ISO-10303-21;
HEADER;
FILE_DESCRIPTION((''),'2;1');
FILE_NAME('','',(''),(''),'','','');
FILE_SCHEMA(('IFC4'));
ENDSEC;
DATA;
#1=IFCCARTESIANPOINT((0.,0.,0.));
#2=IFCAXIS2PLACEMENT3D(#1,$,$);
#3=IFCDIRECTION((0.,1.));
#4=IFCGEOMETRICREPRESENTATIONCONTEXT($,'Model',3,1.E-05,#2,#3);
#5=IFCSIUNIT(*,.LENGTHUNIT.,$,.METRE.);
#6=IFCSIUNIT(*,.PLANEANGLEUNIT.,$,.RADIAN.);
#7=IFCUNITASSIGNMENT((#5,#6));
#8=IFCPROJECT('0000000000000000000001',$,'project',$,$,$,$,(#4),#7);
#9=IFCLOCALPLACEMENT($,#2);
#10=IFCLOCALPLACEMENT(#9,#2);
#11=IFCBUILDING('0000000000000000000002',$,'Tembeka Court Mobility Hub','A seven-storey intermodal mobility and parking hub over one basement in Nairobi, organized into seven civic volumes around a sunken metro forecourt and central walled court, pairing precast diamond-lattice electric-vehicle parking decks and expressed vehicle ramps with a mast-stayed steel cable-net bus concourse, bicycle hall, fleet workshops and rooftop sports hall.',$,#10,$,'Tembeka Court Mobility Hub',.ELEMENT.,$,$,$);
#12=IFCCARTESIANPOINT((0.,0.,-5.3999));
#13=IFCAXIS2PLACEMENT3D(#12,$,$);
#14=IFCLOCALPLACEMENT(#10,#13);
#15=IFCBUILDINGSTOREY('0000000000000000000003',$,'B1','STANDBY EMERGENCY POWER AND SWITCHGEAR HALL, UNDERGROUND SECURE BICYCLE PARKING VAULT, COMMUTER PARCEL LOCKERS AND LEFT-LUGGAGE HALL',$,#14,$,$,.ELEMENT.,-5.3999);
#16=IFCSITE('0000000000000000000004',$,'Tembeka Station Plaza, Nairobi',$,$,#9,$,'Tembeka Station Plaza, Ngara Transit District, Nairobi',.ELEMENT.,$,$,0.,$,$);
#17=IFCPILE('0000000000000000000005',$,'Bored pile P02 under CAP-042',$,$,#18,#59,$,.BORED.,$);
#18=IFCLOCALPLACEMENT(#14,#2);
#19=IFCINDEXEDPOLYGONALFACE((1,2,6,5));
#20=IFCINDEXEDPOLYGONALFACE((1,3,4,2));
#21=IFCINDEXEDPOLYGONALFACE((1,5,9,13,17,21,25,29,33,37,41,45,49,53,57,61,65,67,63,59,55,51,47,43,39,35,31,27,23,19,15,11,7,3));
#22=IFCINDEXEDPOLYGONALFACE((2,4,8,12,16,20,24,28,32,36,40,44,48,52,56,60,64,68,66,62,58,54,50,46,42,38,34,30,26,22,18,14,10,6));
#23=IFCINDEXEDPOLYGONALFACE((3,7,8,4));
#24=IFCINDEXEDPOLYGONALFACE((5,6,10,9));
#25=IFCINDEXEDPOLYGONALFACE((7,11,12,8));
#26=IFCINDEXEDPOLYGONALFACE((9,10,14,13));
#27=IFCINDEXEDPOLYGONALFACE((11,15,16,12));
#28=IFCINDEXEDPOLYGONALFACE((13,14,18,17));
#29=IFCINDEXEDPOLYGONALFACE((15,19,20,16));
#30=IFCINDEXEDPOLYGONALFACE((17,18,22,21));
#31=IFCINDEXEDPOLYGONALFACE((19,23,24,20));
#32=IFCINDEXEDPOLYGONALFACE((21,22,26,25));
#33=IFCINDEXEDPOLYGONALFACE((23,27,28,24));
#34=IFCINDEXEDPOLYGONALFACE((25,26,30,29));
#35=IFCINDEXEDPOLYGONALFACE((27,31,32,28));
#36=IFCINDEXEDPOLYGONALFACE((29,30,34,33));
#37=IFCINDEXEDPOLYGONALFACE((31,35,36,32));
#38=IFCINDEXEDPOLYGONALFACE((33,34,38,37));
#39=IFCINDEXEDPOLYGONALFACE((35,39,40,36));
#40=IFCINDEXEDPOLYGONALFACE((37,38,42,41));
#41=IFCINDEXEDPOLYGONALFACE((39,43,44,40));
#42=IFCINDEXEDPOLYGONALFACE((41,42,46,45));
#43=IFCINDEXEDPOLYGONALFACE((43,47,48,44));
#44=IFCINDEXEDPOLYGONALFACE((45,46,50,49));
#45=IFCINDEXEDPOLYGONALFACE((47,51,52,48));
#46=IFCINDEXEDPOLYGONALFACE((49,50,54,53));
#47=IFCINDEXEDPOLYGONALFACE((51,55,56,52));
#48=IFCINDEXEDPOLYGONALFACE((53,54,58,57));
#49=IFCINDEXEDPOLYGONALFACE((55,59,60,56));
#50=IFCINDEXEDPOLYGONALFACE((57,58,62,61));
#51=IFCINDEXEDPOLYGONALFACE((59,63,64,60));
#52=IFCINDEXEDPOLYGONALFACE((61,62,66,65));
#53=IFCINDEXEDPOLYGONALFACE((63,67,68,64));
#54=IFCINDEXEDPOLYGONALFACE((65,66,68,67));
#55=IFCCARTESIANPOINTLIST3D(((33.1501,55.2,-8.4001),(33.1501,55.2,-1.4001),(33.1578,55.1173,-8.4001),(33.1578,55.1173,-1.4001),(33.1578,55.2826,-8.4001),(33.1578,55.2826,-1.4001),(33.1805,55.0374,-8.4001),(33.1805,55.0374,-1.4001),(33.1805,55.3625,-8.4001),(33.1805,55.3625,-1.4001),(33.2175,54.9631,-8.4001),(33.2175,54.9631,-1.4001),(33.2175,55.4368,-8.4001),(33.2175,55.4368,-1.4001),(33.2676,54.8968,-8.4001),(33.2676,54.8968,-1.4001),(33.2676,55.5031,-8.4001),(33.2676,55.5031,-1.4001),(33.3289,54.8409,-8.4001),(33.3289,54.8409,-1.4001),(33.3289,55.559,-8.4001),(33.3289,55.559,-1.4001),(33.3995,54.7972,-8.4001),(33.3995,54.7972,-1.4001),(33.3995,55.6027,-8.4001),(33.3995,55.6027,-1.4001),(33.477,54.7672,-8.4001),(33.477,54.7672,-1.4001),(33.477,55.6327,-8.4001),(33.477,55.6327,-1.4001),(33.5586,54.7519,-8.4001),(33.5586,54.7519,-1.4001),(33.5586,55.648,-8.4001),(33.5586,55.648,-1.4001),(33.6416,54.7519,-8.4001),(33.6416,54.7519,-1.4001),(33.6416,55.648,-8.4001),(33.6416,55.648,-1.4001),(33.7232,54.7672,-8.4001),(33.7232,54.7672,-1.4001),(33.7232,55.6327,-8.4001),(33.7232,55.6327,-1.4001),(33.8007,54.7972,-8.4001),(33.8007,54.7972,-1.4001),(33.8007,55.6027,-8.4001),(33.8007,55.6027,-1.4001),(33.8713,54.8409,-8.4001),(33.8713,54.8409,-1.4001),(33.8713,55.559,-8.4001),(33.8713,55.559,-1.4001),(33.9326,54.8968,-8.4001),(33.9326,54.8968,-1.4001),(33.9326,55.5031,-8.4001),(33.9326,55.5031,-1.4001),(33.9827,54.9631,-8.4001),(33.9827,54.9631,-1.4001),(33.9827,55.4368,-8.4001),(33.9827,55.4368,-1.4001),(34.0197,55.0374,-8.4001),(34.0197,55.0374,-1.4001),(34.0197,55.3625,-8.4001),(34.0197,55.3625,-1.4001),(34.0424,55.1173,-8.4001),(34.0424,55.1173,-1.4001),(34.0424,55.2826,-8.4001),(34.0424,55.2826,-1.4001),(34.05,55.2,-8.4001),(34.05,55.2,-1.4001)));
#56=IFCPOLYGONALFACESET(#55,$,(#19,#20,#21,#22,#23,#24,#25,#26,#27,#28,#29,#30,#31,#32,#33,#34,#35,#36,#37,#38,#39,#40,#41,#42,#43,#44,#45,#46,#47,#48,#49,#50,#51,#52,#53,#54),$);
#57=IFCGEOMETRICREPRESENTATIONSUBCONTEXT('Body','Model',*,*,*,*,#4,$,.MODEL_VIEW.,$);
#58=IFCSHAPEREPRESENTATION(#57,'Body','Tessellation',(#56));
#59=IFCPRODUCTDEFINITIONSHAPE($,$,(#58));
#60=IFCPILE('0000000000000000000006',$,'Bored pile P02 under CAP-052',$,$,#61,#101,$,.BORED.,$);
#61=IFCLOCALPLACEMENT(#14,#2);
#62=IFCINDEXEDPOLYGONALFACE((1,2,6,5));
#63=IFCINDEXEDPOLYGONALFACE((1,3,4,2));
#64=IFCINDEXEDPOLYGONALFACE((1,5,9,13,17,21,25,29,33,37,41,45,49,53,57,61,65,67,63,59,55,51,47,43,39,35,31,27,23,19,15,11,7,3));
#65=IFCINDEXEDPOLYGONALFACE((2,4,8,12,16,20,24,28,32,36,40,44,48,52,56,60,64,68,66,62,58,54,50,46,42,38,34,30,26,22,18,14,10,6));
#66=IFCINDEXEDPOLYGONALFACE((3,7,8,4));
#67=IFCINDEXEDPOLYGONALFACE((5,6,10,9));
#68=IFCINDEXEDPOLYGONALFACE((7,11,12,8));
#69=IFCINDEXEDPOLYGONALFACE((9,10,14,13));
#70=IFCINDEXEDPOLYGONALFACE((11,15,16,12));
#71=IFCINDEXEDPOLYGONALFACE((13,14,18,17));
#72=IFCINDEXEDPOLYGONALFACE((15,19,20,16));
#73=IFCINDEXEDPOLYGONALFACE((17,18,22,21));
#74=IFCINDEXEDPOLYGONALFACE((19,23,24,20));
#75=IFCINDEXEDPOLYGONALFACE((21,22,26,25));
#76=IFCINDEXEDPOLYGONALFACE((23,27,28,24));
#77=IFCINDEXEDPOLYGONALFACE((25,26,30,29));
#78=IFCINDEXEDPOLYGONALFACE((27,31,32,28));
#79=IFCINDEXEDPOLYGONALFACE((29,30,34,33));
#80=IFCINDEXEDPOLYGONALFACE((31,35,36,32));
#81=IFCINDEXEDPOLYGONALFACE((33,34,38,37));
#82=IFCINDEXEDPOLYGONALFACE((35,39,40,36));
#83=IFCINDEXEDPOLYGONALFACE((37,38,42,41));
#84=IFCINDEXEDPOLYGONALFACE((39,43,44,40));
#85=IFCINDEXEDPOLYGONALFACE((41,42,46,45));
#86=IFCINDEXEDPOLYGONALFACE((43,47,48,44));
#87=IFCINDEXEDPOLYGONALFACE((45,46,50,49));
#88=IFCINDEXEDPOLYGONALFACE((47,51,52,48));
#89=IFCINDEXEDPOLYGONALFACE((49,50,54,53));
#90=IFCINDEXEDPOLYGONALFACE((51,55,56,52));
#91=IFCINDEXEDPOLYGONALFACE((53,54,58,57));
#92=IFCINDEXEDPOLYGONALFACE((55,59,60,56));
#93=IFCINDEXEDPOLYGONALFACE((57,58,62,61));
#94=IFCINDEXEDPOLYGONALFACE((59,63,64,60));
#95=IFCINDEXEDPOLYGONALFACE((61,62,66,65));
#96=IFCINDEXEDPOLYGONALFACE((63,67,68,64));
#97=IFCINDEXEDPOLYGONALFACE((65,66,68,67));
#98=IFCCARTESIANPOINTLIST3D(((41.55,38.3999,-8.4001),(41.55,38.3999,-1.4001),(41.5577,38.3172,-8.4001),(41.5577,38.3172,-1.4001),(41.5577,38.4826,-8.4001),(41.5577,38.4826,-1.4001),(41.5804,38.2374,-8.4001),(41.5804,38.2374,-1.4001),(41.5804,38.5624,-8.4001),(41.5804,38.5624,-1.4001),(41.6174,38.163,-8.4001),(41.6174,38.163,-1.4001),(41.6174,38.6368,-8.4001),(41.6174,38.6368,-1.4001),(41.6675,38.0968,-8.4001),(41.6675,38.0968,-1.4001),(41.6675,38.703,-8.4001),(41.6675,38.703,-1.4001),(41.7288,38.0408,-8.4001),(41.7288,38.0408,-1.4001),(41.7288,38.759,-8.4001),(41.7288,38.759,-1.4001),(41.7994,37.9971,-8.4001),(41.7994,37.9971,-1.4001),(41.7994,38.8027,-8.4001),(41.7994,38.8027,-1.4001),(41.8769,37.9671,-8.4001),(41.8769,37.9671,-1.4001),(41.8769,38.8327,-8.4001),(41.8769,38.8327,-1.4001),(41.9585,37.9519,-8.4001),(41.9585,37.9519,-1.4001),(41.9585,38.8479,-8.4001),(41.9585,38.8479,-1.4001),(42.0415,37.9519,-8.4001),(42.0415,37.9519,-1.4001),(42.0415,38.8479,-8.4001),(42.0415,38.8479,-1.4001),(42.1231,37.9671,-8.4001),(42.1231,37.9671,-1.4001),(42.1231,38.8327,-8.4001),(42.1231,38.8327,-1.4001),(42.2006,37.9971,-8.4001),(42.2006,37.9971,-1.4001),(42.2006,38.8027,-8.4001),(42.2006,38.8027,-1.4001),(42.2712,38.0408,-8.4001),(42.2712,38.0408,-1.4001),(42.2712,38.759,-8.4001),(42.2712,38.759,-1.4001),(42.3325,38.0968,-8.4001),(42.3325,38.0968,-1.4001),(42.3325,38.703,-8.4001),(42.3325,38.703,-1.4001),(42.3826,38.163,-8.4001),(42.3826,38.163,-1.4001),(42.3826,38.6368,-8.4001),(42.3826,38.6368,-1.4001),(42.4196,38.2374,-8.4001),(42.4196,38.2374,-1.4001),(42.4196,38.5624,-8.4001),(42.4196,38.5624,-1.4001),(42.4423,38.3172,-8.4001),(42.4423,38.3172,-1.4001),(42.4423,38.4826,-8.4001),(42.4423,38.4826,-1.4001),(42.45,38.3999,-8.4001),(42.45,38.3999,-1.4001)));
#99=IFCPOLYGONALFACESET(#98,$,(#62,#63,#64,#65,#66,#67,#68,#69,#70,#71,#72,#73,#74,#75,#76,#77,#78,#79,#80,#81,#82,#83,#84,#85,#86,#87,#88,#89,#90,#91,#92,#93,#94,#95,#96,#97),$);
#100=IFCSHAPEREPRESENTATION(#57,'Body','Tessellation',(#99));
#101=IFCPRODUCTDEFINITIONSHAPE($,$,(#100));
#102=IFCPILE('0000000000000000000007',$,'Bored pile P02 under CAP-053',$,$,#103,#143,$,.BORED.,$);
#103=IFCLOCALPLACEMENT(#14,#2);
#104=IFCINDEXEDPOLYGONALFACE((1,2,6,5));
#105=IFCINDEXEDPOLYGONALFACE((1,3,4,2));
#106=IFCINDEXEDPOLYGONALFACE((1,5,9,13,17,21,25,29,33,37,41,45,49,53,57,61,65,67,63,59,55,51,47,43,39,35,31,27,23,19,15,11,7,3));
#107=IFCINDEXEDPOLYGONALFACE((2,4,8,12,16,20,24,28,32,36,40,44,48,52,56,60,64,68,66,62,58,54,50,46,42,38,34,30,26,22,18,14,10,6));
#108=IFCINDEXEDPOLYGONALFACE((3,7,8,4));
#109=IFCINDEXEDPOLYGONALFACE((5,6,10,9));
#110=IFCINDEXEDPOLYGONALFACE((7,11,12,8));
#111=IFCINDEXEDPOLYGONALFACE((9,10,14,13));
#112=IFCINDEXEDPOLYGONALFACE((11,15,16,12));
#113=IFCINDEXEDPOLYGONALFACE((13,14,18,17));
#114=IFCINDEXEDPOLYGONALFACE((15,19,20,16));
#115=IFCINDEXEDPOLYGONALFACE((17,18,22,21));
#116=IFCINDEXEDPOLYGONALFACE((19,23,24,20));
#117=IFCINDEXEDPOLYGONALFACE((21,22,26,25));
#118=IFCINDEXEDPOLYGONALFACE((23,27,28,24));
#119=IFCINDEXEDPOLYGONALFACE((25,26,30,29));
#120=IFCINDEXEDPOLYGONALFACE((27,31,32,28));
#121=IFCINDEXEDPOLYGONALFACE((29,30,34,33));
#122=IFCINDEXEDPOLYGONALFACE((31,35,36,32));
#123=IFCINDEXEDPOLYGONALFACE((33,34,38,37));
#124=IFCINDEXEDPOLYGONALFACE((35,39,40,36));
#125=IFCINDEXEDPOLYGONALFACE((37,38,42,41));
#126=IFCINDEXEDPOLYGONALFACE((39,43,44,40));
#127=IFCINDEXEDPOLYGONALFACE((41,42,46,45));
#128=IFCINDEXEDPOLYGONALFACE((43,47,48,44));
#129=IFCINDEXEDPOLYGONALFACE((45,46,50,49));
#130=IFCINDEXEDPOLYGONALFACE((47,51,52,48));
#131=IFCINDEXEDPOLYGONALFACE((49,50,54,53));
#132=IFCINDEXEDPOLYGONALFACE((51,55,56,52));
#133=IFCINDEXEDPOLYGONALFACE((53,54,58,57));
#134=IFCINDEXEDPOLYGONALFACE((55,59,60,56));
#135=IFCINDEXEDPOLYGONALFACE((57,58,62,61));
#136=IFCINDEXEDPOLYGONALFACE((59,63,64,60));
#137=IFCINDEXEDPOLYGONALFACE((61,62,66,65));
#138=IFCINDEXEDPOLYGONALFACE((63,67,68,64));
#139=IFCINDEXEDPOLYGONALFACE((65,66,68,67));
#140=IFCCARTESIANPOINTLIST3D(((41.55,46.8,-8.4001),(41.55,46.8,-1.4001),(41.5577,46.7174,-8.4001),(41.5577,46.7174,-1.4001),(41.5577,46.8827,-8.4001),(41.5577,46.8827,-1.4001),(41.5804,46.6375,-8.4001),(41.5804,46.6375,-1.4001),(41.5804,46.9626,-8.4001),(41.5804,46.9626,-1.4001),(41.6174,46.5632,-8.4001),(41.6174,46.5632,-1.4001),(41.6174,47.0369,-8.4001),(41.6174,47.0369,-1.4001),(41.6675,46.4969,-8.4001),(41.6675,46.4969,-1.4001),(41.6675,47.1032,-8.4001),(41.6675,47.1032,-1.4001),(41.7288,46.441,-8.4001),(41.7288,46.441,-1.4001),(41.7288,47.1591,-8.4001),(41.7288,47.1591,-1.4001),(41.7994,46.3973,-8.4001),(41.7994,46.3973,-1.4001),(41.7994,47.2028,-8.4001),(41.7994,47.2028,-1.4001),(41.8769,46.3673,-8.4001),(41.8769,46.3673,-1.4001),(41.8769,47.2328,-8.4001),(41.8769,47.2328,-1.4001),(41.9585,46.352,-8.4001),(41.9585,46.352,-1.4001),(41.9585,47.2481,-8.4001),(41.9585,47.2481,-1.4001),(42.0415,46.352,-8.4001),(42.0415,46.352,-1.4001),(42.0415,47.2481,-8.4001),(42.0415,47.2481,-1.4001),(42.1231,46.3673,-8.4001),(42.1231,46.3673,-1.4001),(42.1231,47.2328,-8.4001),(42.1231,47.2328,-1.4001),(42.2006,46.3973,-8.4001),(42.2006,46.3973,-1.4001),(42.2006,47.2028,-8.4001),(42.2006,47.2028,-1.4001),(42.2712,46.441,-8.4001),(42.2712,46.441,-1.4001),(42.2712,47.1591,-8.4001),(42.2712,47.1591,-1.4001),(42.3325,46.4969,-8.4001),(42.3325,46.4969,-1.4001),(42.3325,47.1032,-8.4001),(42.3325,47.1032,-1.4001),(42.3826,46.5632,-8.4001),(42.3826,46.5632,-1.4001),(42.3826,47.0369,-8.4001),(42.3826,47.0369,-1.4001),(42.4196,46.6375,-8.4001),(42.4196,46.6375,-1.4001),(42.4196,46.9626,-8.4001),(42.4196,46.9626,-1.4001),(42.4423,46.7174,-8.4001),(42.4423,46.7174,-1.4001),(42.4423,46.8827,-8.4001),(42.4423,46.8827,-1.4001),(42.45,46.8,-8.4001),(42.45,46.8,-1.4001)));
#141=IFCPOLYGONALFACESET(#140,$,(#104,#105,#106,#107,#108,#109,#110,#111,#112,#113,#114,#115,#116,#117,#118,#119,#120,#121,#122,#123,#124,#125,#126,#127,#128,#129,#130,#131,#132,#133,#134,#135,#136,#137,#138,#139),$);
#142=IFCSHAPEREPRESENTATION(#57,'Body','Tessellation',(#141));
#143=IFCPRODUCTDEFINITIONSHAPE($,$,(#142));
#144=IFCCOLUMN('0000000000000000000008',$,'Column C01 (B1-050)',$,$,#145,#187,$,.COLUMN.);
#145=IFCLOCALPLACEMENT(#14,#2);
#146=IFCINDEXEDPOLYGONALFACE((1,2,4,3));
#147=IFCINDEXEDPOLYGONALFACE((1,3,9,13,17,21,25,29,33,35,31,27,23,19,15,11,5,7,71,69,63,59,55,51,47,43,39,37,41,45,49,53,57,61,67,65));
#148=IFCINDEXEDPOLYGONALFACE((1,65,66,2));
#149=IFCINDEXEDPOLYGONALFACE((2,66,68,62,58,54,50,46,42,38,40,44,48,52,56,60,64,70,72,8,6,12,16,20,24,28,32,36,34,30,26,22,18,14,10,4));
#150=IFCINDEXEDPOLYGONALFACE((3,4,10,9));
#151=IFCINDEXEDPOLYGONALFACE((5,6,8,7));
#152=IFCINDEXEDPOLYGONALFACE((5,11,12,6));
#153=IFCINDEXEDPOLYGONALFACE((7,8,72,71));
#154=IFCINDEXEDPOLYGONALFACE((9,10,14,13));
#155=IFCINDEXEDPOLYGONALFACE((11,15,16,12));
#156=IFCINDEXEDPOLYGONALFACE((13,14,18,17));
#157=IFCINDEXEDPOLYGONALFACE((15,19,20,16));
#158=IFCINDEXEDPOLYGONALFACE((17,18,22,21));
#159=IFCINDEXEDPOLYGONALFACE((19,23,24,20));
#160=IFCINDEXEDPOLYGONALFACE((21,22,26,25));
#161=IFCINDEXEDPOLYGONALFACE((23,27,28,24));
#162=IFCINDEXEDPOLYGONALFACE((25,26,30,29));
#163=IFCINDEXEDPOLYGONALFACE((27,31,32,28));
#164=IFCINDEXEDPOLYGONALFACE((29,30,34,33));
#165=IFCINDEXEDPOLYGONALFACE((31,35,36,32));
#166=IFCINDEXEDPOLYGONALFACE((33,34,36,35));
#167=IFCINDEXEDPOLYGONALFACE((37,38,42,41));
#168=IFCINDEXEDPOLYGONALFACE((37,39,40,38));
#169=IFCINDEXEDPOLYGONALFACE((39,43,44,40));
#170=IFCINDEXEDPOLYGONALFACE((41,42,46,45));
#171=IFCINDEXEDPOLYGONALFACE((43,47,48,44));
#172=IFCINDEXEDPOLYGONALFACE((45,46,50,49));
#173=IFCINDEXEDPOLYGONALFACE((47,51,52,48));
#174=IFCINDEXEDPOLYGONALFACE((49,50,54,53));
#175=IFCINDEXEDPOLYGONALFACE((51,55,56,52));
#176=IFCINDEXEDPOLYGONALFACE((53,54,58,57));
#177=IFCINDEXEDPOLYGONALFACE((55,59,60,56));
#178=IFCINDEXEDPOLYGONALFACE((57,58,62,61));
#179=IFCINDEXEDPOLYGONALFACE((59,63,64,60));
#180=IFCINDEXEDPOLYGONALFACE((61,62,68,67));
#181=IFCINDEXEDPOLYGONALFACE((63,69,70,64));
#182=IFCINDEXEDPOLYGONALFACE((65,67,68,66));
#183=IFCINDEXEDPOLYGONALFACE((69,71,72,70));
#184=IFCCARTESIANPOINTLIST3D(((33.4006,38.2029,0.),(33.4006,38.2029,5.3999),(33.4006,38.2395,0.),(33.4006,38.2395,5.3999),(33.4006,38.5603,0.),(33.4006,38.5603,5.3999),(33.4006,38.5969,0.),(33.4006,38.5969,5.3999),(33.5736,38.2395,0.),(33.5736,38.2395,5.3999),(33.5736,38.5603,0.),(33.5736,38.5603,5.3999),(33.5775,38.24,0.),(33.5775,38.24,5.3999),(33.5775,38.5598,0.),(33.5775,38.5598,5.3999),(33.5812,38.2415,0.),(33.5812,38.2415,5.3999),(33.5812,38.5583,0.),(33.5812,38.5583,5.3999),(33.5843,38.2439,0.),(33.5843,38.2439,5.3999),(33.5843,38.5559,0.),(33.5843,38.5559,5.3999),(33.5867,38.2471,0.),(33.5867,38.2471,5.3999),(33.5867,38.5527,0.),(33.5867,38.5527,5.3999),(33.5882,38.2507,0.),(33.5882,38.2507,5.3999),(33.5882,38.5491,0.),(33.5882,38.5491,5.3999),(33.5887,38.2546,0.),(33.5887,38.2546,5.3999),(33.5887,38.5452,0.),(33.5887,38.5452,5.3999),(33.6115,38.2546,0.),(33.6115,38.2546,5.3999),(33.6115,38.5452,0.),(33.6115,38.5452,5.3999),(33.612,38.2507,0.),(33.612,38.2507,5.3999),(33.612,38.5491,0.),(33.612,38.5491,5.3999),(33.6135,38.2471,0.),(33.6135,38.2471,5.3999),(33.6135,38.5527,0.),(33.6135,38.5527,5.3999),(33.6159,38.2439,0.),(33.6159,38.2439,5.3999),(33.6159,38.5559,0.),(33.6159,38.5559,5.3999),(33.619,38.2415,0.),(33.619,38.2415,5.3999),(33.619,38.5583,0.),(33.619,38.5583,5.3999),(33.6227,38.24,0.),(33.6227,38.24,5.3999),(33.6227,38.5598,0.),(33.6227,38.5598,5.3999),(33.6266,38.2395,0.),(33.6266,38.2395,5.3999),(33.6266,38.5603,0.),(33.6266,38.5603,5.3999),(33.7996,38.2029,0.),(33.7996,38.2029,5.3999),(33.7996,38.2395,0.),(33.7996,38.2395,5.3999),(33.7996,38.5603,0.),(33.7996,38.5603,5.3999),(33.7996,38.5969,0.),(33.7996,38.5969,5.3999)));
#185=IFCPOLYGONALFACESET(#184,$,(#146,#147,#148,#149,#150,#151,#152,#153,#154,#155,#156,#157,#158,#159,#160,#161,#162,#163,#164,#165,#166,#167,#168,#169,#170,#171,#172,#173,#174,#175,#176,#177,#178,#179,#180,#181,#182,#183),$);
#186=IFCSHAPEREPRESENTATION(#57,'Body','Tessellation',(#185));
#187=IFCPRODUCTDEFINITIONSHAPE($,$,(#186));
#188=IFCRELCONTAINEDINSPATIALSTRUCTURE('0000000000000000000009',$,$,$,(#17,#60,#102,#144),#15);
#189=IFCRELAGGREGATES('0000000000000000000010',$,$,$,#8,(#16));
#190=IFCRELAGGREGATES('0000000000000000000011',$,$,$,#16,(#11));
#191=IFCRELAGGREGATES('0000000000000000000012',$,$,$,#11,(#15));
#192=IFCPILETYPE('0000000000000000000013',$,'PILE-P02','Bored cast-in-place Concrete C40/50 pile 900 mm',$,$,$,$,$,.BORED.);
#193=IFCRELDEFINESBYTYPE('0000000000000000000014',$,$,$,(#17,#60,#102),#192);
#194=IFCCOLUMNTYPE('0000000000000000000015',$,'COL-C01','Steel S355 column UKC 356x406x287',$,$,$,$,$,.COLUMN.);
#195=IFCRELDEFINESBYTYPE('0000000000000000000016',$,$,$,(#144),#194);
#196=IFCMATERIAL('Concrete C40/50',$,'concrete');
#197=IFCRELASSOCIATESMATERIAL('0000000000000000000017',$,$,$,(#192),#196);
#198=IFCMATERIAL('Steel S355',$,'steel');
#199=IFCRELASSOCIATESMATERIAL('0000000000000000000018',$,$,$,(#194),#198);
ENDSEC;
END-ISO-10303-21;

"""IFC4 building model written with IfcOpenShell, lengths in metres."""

from ifc_helpers import new_model, si_unit, direction, frame, origin, origin_2d, place, context, subcontext, project, spatial, circle, i_section, extrude, material, material_profile, profile_set, type_object, element, save


model = new_model("IFC4")

# Units and contexts
model_context = context("Model", 3, precision=1e-05, world=origin(), true_north=direction((0.0, 1.0)))
body_context = subcontext(model_context, "Body", "Model", "MODEL_VIEW")
ifc_project = project(units=[si_unit("LENGTHUNIT", "METRE"), si_unit("PLANEANGLEUNIT", "RADIAN")], contexts=[model_context])

# Site, building, storey
site_placement = place(None, origin())
site = spatial("IfcSite", under=ifc_project, at=site_placement, Name="Tembeka Station Plaza, Nairobi", LongName="Tembeka Station Plaza, Ngara Transit District, Nairobi", CompositionType="ELEMENT", RefElevation=0.0)
building_placement = place(site_placement, origin())
building = spatial("IfcBuilding", under=site, at=building_placement, Name="Tembeka Court Mobility Hub", Description="A seven-storey intermodal mobility and parking hub over one basement in Nairobi, organized into seven civic volumes around a sunken metro forecourt and central walled court, pairing precast diamond-lattice electric-vehicle parking decks and expressed vehicle ramps with a mast-stayed steel cable-net bus concourse, bicycle hall, fleet workshops and rooftop sports hall.", LongName="Tembeka Court Mobility Hub", CompositionType="ELEMENT")
storey_placement = place(building_placement, frame((0.0, 0.0, -5.3999)))
storey = spatial("IfcBuildingStorey", under=building, at=storey_placement, Name="B1", Description="STANDBY EMERGENCY POWER AND SWITCHGEAR HALL, UNDERGROUND SECURE BICYCLE PARKING VAULT, COMMUTER PARCEL LOCKERS AND LEFT-LUGGAGE HALL", CompositionType="ELEMENT", Elevation=-5.3999)

# Shared definitions
ifc_material_1 = material(Name="Concrete C40/50", Category="concrete")

# Piles
ifc_material_profile_1 = material_profile(ifc_material_1, circle(Radius=0.45, at=origin_2d()), Name="PILE D900")
ifc_profile_set_1 = profile_set([ifc_material_profile_1], Name="Concrete C40/50")
pile_type = type_object("IfcPileType", Name="PILE-P02", Description="Bored cast-in-place Concrete C40/50 pile 900 mm", PredefinedType="BORED", material=ifc_profile_set_1)
for number, where, z_axis, x_axis, name in (
    (1, (33.6001, 55.2, -1.4001), (0.0, 0.0, -1.0), (1.0, 0.0, 0.0), "Bored pile P02 under CAP-042"),
    (2, (42.0, 38.3999, -1.4001), (0.0, 0.0, -1.0), (1.0, 0.0, 0.0), "Bored pile P02 under CAP-052"),
    (3, (42.0, 46.8, -1.4001), (0.0, 0.0, -1.0), (1.0, 0.0, 0.0), "Bored pile P02 under CAP-053"),
):
    element("IfcPile", number, at=place(storey_placement, frame(where, z_axis=z_axis, x_axis=x_axis)), inside=storey, type_object=pile_type, Name=name, PredefinedType="BORED", context=body_context, shape_type="SweptSolid", body=[
        extrude(circle(Radius=0.45, at=origin_2d()), origin(), (0.0, 0.0, 1.0), 7.0),
    ])

# Column
ifc_material_2 = material(Name="Steel S355", Category="steel")
ifc_material_profile_2 = material_profile(ifc_material_2, i_section(OverallWidth=0.3989, OverallDepth=0.394, WebThickness=0.0227, FlangeThickness=0.0366, FilletRadius=0.0151, at=origin_2d()), Name="UKC 356x406x287")
ifc_profile_set_2 = profile_set([ifc_material_profile_2], Name="Steel S355")
column_type = type_object("IfcColumnType", Name="COL-C01", Description="Steel S355 column UKC 356x406x287", PredefinedType="COLUMN", material=ifc_profile_set_2)
for number, where, z_axis, x_axis, name in (
    (4, (33.6001, 38.3999, 0.0), (0.0, 0.0, 1.0), (1.0, 0.0, 0.0), "Column C01 (B1-050)"),
):
    element("IfcColumn", number, at=place(storey_placement, frame(where, z_axis=z_axis, x_axis=x_axis)), inside=storey, type_object=column_type, Name=name, PredefinedType="COLUMN", context=body_context, shape_type="SweptSolid", body=[
        extrude(i_section(OverallWidth=0.3989, OverallDepth=0.394, WebThickness=0.0227, FlangeThickness=0.0366, FilletRadius=0.0151, at=origin_2d()), origin(), (0.0, 0.0, 1.0), 5.3999),
    ])

save(model, "model.ifc")
